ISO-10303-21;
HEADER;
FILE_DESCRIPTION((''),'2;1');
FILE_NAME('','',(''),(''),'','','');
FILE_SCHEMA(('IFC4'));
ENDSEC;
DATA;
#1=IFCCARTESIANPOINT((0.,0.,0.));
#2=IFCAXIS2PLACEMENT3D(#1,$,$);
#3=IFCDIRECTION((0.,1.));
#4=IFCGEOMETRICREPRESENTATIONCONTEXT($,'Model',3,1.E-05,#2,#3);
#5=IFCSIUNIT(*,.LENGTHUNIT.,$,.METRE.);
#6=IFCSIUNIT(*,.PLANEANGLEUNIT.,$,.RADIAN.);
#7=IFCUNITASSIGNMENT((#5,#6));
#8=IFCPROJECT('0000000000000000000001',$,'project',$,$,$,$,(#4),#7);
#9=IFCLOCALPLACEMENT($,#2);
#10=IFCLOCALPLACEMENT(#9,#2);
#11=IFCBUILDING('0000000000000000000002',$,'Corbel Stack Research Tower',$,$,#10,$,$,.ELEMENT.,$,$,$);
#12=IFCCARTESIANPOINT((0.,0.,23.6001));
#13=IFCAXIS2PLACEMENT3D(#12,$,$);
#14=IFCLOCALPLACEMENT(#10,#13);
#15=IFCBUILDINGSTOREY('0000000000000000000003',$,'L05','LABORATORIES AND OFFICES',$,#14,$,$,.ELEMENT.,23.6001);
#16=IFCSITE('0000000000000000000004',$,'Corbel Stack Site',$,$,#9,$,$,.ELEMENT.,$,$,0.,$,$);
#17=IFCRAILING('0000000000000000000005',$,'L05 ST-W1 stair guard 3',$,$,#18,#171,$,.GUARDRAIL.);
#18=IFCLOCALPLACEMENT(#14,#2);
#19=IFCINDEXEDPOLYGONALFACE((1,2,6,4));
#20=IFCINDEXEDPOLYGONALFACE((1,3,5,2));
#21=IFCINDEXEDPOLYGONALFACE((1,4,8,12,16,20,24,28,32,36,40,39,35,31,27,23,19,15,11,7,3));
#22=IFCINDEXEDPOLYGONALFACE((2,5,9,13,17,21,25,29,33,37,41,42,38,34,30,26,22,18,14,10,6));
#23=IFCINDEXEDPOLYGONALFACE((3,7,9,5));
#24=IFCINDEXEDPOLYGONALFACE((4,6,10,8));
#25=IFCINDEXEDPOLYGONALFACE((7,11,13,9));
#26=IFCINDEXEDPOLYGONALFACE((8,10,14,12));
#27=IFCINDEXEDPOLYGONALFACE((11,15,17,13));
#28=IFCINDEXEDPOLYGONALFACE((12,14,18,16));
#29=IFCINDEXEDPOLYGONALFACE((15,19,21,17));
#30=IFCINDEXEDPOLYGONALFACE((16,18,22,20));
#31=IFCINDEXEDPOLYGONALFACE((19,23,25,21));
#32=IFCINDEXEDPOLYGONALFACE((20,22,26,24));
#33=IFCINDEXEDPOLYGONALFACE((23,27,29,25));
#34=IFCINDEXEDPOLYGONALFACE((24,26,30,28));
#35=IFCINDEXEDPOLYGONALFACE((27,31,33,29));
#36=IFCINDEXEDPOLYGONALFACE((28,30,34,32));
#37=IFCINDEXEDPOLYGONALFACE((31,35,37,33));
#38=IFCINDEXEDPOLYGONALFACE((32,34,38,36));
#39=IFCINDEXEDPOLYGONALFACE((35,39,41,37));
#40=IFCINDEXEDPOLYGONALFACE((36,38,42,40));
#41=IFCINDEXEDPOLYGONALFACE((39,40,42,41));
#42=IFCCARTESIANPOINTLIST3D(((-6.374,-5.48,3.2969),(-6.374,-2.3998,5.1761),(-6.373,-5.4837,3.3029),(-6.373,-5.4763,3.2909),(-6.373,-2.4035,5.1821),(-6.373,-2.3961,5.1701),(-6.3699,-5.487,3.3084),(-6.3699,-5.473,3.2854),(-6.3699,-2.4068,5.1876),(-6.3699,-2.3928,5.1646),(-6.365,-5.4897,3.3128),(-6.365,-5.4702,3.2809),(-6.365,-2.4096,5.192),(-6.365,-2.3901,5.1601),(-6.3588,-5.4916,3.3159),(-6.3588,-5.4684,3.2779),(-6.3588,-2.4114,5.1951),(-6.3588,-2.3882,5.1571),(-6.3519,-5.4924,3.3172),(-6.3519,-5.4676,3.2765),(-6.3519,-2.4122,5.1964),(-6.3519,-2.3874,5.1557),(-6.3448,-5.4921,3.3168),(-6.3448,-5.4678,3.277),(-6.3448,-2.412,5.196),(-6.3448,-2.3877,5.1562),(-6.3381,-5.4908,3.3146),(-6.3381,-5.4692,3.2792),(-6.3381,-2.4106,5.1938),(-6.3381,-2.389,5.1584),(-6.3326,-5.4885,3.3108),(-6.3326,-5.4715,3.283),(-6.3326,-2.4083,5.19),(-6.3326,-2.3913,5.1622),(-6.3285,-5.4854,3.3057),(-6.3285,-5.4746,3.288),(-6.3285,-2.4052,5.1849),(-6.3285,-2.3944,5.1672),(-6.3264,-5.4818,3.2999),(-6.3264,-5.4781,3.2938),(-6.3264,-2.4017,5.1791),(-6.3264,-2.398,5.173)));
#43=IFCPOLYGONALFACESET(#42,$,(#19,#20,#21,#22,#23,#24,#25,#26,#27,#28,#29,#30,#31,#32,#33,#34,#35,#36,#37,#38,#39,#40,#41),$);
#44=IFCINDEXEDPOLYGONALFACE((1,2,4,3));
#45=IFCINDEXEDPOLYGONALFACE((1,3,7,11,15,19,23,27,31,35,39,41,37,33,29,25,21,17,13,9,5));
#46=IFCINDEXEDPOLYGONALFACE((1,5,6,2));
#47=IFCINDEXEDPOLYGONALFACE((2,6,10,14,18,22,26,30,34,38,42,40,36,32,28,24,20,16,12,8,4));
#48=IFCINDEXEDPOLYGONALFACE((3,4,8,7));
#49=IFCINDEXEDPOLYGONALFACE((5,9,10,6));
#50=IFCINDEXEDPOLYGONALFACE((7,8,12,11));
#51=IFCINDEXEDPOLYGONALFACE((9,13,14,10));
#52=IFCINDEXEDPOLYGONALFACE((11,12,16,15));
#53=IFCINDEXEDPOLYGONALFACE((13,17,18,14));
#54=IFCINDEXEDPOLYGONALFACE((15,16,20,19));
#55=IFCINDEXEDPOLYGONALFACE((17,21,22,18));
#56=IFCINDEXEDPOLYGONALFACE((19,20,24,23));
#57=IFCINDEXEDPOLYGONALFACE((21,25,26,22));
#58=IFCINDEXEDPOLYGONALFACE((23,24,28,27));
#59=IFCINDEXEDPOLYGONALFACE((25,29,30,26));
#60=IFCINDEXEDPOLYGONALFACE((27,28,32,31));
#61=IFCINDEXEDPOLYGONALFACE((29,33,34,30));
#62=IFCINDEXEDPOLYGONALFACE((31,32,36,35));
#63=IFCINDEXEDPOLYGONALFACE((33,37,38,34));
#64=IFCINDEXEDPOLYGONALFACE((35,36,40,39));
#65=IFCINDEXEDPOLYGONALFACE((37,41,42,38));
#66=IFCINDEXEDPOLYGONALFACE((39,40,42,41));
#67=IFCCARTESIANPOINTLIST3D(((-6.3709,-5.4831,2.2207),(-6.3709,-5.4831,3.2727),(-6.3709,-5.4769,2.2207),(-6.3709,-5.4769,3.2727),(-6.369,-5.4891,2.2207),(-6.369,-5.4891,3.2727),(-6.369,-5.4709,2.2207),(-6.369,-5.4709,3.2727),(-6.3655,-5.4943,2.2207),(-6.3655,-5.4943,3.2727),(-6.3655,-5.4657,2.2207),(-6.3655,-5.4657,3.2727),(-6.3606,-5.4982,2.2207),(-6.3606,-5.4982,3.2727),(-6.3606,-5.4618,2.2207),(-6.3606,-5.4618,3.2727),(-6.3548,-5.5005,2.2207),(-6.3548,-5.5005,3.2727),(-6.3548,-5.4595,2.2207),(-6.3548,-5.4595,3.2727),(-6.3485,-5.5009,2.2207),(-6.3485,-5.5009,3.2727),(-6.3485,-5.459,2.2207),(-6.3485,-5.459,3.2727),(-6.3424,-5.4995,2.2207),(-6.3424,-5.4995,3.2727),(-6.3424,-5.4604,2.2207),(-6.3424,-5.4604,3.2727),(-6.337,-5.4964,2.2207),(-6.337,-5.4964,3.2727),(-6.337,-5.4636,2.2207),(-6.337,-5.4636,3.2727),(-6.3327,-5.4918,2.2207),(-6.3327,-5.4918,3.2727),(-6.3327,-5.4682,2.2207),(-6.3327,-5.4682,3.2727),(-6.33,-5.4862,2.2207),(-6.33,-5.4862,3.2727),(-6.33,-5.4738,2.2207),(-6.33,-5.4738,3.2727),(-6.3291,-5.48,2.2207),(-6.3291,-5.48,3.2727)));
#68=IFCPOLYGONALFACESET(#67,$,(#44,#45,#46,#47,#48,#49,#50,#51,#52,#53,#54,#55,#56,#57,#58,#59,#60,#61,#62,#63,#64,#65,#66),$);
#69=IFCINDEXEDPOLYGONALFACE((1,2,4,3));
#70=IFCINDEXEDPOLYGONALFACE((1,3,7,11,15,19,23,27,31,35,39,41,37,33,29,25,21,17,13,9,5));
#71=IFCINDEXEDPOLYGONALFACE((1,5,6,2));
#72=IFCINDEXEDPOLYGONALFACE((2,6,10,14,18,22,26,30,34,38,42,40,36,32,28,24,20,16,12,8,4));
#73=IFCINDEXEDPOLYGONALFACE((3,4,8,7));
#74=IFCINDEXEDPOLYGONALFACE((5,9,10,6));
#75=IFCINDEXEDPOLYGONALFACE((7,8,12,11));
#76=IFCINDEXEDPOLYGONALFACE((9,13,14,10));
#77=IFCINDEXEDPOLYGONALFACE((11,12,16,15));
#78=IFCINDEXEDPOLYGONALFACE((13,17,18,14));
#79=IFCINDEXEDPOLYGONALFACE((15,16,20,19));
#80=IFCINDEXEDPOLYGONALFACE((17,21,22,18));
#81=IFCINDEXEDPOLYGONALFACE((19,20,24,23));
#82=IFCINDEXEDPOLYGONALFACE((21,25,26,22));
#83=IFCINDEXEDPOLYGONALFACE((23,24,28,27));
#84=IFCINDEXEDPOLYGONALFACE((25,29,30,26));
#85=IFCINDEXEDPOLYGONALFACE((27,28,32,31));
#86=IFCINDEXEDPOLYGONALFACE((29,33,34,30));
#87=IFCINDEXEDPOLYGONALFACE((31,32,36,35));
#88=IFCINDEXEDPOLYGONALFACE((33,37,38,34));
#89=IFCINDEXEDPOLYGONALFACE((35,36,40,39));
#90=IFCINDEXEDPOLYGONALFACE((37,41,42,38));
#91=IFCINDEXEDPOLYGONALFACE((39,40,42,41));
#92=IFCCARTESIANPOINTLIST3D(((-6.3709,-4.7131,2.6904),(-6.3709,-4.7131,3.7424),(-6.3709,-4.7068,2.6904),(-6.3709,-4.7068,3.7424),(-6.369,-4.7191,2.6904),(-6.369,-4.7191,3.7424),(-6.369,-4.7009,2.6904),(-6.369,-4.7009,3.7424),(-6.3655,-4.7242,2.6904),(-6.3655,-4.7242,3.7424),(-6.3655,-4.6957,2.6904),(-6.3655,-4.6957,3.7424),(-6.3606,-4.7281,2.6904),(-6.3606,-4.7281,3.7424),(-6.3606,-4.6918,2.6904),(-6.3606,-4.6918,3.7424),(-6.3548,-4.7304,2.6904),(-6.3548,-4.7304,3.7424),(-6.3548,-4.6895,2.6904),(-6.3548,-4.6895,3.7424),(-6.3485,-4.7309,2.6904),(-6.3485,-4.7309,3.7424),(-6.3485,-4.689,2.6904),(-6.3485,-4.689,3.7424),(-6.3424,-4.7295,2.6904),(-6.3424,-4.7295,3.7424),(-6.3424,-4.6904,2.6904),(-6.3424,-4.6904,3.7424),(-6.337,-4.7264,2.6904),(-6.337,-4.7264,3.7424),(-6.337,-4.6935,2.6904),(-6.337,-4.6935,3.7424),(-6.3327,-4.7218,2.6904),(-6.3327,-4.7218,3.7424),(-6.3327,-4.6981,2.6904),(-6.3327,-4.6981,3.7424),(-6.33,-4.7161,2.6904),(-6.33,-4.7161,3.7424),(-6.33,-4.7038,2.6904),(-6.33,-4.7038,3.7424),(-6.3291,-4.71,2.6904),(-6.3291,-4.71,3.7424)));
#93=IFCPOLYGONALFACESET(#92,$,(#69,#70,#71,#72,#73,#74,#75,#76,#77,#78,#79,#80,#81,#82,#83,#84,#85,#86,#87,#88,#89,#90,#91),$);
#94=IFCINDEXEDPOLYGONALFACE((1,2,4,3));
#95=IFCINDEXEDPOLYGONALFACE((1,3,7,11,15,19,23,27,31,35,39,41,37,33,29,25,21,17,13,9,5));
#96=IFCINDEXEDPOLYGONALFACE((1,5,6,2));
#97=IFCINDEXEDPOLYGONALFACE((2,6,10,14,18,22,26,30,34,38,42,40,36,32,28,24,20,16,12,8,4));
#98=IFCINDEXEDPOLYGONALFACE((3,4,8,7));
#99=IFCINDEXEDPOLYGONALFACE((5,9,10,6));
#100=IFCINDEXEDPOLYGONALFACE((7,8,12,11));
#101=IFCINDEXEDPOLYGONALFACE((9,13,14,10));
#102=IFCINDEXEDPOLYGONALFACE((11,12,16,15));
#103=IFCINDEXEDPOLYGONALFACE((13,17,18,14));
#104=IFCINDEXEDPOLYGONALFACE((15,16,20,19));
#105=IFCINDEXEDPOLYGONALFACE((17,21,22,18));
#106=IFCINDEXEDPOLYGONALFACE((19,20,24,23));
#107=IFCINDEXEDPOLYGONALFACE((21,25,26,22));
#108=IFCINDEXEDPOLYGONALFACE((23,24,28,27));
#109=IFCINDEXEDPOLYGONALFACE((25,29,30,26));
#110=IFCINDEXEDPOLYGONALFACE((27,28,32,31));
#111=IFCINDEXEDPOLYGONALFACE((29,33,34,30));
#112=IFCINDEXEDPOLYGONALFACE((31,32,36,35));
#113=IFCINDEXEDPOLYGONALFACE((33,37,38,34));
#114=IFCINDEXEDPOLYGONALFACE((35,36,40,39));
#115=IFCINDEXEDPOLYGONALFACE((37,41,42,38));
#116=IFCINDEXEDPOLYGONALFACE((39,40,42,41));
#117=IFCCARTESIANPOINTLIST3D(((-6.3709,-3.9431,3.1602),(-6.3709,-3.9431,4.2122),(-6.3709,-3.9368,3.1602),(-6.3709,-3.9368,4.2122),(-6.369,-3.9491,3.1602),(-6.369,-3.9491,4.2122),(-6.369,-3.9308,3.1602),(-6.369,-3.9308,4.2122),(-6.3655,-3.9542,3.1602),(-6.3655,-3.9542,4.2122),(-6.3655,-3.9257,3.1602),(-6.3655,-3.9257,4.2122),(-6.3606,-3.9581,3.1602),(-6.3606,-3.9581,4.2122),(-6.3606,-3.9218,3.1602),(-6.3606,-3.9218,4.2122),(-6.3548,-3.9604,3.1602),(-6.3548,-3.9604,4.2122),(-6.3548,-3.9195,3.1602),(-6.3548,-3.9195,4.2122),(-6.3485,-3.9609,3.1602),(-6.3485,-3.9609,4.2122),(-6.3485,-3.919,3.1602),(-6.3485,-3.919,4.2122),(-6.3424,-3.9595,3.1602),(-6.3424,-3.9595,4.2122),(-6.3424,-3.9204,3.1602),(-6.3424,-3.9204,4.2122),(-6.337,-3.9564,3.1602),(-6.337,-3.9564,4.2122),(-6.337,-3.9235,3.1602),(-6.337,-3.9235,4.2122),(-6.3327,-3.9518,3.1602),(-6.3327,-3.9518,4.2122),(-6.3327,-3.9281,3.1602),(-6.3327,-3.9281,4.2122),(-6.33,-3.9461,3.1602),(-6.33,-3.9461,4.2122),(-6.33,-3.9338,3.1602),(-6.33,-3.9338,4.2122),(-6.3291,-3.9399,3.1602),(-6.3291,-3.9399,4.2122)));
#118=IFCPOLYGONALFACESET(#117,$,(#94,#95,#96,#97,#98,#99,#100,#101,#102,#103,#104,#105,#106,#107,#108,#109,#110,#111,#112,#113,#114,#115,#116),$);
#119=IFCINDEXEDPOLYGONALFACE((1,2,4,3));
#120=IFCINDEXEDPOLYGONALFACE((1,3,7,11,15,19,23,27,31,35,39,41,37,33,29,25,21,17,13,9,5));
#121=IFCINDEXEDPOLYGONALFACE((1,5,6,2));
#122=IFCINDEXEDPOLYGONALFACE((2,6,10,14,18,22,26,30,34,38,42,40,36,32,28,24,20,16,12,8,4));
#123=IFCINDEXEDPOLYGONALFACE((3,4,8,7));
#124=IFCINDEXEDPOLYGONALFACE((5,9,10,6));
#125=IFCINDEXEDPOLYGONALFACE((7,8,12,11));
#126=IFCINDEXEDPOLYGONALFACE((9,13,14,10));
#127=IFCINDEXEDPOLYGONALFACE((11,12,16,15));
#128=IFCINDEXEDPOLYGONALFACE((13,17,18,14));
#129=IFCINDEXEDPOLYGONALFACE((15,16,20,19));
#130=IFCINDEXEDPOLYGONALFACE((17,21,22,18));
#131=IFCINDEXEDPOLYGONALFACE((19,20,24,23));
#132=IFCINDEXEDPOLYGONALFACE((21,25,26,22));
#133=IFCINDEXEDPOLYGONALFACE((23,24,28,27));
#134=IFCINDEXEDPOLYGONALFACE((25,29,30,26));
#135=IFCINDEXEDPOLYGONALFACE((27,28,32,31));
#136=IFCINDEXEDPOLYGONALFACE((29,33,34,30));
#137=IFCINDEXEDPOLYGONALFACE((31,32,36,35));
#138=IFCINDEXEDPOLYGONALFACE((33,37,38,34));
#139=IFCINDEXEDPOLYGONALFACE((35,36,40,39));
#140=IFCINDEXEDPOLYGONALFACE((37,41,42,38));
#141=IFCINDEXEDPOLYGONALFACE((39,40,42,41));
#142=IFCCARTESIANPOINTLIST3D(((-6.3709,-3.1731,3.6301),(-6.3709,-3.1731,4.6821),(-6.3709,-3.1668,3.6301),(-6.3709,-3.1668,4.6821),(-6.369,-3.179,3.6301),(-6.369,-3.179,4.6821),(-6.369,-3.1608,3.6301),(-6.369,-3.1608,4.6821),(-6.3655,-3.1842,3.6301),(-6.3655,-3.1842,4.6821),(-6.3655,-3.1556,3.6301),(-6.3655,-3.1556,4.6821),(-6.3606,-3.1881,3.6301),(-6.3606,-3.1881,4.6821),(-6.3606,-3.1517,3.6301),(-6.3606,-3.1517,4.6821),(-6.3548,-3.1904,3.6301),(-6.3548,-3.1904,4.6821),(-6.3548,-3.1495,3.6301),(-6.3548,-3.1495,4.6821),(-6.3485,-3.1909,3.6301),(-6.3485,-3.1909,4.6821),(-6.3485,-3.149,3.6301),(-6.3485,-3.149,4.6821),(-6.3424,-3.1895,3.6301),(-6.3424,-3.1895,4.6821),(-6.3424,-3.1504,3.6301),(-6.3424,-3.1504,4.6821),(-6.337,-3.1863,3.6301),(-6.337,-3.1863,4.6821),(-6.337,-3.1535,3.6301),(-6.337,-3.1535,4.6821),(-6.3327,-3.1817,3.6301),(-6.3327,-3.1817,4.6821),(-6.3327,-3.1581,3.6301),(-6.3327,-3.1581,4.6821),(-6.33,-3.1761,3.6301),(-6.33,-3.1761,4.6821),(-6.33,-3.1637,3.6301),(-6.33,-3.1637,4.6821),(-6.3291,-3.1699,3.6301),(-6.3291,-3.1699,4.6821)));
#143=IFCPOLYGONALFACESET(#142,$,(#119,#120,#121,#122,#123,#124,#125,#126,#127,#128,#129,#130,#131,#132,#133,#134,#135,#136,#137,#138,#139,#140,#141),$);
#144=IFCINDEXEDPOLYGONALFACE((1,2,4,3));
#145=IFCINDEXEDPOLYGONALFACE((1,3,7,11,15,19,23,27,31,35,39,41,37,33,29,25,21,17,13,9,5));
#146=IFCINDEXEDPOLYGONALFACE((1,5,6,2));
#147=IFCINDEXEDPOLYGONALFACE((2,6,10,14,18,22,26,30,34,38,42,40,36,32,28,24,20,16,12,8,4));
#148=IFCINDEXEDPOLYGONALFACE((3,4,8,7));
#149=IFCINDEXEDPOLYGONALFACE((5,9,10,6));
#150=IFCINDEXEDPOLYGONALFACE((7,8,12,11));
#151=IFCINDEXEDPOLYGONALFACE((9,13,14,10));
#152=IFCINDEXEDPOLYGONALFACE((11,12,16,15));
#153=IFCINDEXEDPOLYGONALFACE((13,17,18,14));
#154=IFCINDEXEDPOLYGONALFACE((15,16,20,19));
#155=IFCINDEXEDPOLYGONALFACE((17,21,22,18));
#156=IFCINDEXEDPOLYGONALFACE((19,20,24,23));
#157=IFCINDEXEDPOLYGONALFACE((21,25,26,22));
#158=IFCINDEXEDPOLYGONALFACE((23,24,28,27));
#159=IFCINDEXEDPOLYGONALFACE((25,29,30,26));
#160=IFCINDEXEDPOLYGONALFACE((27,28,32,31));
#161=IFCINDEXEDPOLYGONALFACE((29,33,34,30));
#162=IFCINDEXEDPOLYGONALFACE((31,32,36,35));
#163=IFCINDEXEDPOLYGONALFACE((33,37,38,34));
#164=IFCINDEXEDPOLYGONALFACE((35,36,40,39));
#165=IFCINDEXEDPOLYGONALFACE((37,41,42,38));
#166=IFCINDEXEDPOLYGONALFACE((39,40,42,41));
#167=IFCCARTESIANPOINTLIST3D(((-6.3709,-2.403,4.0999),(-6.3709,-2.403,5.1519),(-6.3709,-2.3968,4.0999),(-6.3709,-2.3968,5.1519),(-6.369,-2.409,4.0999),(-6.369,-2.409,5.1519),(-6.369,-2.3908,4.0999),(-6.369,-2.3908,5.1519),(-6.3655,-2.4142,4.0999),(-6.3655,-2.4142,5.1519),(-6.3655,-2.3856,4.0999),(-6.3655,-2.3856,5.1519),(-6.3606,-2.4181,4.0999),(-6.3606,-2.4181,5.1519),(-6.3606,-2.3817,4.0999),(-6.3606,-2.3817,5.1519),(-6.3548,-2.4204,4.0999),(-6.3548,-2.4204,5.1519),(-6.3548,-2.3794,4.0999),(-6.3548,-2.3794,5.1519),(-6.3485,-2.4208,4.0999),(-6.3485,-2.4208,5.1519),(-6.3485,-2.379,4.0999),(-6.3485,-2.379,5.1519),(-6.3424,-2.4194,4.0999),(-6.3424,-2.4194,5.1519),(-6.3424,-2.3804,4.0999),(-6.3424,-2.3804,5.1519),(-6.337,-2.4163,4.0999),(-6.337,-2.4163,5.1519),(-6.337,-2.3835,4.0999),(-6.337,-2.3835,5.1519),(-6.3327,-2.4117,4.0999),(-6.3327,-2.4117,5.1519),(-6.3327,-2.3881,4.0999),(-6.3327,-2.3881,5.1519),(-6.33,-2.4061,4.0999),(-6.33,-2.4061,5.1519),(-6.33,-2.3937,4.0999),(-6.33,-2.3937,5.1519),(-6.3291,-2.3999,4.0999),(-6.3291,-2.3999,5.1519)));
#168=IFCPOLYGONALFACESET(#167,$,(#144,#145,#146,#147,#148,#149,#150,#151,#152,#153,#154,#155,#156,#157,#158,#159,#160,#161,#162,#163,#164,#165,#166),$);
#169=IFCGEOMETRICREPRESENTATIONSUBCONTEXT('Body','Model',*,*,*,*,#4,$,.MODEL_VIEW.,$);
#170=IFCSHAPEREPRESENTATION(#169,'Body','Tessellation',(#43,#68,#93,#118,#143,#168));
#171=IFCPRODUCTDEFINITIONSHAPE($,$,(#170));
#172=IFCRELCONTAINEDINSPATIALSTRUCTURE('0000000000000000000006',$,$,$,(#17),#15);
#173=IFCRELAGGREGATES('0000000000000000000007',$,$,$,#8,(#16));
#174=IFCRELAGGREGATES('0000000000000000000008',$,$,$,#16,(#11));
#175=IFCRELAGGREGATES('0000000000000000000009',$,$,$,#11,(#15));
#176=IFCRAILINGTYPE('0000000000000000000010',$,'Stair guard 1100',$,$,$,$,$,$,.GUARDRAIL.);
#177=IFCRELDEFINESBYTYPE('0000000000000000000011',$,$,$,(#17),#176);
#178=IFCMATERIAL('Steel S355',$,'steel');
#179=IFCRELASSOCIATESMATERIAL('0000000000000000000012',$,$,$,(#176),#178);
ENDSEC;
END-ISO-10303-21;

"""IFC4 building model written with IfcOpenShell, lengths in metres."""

from ifc_helpers import new_model, si_unit, direction, frame, origin, origin_2d, place, context, subcontext, project, spatial, circle, extrude, material, type_object, element, save


model = new_model("IFC4")

# Units and contexts
model_context = context("Model", 3, precision=1e-05, world=origin(), true_north=direction((0.0, 1.0)))
body_context = subcontext(model_context, "Body", "Model", "MODEL_VIEW")
ifc_project = project(units=[si_unit("LENGTHUNIT", "METRE"), si_unit("PLANEANGLEUNIT", "RADIAN")], contexts=[model_context])

# Site, building, storey
site_placement = place(None, origin())
site = spatial("IfcSite", under=ifc_project, at=site_placement, Name="Corbel Stack Site", CompositionType="ELEMENT", RefElevation=0.0)
building_placement = place(site_placement, origin())
building = spatial("IfcBuilding", under=site, at=building_placement, Name="Corbel Stack Research Tower", CompositionType="ELEMENT")
storey_placement = place(building_placement, frame((0.0, 0.0, 23.6001)))
storey = spatial("IfcBuildingStorey", under=building, at=storey_placement, Name="L05", Description="LABORATORIES AND OFFICES", CompositionType="ELEMENT", Elevation=23.6001)

# Railing
ifc_material_1 = material(Name="Steel S355", Category="steel")
railing_type = type_object("IfcRailingType", Name="Stair guard 1100", PredefinedType="GUARDRAIL", material=ifc_material_1)
railing_1_placement = place(storey_placement, frame((-6.3501, -5.48, 2.2207)))
element("IfcRailing", 1, at=railing_1_placement, inside=storey, type_object=railing_type, Name="L05 ST-W1 stair guard 3", PredefinedType="GUARDRAIL", context=body_context, shape_type="SweptSolid", body=[
    extrude(circle(Radius=0.0239, at=origin_2d()), frame((0.0, 0.0, 1.0762), z_axis=(0.0, 0.853666, 0.52082), x_axis=(-1.0, 0.0, 0.0)), (0.0, 0.0, 1.0), 3.6082),
    extrude(circle(Radius=0.021, at=origin_2d()), origin(), (0.0, 0.0, 1.0), 1.052),
    extrude(circle(Radius=0.021, at=origin_2d()), frame((0.0, 0.77, 0.4697)), (0.0, 0.0, 1.0), 1.052),
    extrude(circle(Radius=0.021, at=origin_2d()), frame((0.0, 1.54, 0.9395)), (0.0, 0.0, 1.0), 1.052),
    extrude(circle(Radius=0.021, at=origin_2d()), frame((0.0, 2.3101, 1.4094)), (0.0, 0.0, 1.0), 1.052),
    extrude(circle(Radius=0.021, at=origin_2d()), frame((0.0, 3.0801, 1.8792)), (0.0, 0.0, 1.0), 1.052),
])

save(model, "model.ifc")
